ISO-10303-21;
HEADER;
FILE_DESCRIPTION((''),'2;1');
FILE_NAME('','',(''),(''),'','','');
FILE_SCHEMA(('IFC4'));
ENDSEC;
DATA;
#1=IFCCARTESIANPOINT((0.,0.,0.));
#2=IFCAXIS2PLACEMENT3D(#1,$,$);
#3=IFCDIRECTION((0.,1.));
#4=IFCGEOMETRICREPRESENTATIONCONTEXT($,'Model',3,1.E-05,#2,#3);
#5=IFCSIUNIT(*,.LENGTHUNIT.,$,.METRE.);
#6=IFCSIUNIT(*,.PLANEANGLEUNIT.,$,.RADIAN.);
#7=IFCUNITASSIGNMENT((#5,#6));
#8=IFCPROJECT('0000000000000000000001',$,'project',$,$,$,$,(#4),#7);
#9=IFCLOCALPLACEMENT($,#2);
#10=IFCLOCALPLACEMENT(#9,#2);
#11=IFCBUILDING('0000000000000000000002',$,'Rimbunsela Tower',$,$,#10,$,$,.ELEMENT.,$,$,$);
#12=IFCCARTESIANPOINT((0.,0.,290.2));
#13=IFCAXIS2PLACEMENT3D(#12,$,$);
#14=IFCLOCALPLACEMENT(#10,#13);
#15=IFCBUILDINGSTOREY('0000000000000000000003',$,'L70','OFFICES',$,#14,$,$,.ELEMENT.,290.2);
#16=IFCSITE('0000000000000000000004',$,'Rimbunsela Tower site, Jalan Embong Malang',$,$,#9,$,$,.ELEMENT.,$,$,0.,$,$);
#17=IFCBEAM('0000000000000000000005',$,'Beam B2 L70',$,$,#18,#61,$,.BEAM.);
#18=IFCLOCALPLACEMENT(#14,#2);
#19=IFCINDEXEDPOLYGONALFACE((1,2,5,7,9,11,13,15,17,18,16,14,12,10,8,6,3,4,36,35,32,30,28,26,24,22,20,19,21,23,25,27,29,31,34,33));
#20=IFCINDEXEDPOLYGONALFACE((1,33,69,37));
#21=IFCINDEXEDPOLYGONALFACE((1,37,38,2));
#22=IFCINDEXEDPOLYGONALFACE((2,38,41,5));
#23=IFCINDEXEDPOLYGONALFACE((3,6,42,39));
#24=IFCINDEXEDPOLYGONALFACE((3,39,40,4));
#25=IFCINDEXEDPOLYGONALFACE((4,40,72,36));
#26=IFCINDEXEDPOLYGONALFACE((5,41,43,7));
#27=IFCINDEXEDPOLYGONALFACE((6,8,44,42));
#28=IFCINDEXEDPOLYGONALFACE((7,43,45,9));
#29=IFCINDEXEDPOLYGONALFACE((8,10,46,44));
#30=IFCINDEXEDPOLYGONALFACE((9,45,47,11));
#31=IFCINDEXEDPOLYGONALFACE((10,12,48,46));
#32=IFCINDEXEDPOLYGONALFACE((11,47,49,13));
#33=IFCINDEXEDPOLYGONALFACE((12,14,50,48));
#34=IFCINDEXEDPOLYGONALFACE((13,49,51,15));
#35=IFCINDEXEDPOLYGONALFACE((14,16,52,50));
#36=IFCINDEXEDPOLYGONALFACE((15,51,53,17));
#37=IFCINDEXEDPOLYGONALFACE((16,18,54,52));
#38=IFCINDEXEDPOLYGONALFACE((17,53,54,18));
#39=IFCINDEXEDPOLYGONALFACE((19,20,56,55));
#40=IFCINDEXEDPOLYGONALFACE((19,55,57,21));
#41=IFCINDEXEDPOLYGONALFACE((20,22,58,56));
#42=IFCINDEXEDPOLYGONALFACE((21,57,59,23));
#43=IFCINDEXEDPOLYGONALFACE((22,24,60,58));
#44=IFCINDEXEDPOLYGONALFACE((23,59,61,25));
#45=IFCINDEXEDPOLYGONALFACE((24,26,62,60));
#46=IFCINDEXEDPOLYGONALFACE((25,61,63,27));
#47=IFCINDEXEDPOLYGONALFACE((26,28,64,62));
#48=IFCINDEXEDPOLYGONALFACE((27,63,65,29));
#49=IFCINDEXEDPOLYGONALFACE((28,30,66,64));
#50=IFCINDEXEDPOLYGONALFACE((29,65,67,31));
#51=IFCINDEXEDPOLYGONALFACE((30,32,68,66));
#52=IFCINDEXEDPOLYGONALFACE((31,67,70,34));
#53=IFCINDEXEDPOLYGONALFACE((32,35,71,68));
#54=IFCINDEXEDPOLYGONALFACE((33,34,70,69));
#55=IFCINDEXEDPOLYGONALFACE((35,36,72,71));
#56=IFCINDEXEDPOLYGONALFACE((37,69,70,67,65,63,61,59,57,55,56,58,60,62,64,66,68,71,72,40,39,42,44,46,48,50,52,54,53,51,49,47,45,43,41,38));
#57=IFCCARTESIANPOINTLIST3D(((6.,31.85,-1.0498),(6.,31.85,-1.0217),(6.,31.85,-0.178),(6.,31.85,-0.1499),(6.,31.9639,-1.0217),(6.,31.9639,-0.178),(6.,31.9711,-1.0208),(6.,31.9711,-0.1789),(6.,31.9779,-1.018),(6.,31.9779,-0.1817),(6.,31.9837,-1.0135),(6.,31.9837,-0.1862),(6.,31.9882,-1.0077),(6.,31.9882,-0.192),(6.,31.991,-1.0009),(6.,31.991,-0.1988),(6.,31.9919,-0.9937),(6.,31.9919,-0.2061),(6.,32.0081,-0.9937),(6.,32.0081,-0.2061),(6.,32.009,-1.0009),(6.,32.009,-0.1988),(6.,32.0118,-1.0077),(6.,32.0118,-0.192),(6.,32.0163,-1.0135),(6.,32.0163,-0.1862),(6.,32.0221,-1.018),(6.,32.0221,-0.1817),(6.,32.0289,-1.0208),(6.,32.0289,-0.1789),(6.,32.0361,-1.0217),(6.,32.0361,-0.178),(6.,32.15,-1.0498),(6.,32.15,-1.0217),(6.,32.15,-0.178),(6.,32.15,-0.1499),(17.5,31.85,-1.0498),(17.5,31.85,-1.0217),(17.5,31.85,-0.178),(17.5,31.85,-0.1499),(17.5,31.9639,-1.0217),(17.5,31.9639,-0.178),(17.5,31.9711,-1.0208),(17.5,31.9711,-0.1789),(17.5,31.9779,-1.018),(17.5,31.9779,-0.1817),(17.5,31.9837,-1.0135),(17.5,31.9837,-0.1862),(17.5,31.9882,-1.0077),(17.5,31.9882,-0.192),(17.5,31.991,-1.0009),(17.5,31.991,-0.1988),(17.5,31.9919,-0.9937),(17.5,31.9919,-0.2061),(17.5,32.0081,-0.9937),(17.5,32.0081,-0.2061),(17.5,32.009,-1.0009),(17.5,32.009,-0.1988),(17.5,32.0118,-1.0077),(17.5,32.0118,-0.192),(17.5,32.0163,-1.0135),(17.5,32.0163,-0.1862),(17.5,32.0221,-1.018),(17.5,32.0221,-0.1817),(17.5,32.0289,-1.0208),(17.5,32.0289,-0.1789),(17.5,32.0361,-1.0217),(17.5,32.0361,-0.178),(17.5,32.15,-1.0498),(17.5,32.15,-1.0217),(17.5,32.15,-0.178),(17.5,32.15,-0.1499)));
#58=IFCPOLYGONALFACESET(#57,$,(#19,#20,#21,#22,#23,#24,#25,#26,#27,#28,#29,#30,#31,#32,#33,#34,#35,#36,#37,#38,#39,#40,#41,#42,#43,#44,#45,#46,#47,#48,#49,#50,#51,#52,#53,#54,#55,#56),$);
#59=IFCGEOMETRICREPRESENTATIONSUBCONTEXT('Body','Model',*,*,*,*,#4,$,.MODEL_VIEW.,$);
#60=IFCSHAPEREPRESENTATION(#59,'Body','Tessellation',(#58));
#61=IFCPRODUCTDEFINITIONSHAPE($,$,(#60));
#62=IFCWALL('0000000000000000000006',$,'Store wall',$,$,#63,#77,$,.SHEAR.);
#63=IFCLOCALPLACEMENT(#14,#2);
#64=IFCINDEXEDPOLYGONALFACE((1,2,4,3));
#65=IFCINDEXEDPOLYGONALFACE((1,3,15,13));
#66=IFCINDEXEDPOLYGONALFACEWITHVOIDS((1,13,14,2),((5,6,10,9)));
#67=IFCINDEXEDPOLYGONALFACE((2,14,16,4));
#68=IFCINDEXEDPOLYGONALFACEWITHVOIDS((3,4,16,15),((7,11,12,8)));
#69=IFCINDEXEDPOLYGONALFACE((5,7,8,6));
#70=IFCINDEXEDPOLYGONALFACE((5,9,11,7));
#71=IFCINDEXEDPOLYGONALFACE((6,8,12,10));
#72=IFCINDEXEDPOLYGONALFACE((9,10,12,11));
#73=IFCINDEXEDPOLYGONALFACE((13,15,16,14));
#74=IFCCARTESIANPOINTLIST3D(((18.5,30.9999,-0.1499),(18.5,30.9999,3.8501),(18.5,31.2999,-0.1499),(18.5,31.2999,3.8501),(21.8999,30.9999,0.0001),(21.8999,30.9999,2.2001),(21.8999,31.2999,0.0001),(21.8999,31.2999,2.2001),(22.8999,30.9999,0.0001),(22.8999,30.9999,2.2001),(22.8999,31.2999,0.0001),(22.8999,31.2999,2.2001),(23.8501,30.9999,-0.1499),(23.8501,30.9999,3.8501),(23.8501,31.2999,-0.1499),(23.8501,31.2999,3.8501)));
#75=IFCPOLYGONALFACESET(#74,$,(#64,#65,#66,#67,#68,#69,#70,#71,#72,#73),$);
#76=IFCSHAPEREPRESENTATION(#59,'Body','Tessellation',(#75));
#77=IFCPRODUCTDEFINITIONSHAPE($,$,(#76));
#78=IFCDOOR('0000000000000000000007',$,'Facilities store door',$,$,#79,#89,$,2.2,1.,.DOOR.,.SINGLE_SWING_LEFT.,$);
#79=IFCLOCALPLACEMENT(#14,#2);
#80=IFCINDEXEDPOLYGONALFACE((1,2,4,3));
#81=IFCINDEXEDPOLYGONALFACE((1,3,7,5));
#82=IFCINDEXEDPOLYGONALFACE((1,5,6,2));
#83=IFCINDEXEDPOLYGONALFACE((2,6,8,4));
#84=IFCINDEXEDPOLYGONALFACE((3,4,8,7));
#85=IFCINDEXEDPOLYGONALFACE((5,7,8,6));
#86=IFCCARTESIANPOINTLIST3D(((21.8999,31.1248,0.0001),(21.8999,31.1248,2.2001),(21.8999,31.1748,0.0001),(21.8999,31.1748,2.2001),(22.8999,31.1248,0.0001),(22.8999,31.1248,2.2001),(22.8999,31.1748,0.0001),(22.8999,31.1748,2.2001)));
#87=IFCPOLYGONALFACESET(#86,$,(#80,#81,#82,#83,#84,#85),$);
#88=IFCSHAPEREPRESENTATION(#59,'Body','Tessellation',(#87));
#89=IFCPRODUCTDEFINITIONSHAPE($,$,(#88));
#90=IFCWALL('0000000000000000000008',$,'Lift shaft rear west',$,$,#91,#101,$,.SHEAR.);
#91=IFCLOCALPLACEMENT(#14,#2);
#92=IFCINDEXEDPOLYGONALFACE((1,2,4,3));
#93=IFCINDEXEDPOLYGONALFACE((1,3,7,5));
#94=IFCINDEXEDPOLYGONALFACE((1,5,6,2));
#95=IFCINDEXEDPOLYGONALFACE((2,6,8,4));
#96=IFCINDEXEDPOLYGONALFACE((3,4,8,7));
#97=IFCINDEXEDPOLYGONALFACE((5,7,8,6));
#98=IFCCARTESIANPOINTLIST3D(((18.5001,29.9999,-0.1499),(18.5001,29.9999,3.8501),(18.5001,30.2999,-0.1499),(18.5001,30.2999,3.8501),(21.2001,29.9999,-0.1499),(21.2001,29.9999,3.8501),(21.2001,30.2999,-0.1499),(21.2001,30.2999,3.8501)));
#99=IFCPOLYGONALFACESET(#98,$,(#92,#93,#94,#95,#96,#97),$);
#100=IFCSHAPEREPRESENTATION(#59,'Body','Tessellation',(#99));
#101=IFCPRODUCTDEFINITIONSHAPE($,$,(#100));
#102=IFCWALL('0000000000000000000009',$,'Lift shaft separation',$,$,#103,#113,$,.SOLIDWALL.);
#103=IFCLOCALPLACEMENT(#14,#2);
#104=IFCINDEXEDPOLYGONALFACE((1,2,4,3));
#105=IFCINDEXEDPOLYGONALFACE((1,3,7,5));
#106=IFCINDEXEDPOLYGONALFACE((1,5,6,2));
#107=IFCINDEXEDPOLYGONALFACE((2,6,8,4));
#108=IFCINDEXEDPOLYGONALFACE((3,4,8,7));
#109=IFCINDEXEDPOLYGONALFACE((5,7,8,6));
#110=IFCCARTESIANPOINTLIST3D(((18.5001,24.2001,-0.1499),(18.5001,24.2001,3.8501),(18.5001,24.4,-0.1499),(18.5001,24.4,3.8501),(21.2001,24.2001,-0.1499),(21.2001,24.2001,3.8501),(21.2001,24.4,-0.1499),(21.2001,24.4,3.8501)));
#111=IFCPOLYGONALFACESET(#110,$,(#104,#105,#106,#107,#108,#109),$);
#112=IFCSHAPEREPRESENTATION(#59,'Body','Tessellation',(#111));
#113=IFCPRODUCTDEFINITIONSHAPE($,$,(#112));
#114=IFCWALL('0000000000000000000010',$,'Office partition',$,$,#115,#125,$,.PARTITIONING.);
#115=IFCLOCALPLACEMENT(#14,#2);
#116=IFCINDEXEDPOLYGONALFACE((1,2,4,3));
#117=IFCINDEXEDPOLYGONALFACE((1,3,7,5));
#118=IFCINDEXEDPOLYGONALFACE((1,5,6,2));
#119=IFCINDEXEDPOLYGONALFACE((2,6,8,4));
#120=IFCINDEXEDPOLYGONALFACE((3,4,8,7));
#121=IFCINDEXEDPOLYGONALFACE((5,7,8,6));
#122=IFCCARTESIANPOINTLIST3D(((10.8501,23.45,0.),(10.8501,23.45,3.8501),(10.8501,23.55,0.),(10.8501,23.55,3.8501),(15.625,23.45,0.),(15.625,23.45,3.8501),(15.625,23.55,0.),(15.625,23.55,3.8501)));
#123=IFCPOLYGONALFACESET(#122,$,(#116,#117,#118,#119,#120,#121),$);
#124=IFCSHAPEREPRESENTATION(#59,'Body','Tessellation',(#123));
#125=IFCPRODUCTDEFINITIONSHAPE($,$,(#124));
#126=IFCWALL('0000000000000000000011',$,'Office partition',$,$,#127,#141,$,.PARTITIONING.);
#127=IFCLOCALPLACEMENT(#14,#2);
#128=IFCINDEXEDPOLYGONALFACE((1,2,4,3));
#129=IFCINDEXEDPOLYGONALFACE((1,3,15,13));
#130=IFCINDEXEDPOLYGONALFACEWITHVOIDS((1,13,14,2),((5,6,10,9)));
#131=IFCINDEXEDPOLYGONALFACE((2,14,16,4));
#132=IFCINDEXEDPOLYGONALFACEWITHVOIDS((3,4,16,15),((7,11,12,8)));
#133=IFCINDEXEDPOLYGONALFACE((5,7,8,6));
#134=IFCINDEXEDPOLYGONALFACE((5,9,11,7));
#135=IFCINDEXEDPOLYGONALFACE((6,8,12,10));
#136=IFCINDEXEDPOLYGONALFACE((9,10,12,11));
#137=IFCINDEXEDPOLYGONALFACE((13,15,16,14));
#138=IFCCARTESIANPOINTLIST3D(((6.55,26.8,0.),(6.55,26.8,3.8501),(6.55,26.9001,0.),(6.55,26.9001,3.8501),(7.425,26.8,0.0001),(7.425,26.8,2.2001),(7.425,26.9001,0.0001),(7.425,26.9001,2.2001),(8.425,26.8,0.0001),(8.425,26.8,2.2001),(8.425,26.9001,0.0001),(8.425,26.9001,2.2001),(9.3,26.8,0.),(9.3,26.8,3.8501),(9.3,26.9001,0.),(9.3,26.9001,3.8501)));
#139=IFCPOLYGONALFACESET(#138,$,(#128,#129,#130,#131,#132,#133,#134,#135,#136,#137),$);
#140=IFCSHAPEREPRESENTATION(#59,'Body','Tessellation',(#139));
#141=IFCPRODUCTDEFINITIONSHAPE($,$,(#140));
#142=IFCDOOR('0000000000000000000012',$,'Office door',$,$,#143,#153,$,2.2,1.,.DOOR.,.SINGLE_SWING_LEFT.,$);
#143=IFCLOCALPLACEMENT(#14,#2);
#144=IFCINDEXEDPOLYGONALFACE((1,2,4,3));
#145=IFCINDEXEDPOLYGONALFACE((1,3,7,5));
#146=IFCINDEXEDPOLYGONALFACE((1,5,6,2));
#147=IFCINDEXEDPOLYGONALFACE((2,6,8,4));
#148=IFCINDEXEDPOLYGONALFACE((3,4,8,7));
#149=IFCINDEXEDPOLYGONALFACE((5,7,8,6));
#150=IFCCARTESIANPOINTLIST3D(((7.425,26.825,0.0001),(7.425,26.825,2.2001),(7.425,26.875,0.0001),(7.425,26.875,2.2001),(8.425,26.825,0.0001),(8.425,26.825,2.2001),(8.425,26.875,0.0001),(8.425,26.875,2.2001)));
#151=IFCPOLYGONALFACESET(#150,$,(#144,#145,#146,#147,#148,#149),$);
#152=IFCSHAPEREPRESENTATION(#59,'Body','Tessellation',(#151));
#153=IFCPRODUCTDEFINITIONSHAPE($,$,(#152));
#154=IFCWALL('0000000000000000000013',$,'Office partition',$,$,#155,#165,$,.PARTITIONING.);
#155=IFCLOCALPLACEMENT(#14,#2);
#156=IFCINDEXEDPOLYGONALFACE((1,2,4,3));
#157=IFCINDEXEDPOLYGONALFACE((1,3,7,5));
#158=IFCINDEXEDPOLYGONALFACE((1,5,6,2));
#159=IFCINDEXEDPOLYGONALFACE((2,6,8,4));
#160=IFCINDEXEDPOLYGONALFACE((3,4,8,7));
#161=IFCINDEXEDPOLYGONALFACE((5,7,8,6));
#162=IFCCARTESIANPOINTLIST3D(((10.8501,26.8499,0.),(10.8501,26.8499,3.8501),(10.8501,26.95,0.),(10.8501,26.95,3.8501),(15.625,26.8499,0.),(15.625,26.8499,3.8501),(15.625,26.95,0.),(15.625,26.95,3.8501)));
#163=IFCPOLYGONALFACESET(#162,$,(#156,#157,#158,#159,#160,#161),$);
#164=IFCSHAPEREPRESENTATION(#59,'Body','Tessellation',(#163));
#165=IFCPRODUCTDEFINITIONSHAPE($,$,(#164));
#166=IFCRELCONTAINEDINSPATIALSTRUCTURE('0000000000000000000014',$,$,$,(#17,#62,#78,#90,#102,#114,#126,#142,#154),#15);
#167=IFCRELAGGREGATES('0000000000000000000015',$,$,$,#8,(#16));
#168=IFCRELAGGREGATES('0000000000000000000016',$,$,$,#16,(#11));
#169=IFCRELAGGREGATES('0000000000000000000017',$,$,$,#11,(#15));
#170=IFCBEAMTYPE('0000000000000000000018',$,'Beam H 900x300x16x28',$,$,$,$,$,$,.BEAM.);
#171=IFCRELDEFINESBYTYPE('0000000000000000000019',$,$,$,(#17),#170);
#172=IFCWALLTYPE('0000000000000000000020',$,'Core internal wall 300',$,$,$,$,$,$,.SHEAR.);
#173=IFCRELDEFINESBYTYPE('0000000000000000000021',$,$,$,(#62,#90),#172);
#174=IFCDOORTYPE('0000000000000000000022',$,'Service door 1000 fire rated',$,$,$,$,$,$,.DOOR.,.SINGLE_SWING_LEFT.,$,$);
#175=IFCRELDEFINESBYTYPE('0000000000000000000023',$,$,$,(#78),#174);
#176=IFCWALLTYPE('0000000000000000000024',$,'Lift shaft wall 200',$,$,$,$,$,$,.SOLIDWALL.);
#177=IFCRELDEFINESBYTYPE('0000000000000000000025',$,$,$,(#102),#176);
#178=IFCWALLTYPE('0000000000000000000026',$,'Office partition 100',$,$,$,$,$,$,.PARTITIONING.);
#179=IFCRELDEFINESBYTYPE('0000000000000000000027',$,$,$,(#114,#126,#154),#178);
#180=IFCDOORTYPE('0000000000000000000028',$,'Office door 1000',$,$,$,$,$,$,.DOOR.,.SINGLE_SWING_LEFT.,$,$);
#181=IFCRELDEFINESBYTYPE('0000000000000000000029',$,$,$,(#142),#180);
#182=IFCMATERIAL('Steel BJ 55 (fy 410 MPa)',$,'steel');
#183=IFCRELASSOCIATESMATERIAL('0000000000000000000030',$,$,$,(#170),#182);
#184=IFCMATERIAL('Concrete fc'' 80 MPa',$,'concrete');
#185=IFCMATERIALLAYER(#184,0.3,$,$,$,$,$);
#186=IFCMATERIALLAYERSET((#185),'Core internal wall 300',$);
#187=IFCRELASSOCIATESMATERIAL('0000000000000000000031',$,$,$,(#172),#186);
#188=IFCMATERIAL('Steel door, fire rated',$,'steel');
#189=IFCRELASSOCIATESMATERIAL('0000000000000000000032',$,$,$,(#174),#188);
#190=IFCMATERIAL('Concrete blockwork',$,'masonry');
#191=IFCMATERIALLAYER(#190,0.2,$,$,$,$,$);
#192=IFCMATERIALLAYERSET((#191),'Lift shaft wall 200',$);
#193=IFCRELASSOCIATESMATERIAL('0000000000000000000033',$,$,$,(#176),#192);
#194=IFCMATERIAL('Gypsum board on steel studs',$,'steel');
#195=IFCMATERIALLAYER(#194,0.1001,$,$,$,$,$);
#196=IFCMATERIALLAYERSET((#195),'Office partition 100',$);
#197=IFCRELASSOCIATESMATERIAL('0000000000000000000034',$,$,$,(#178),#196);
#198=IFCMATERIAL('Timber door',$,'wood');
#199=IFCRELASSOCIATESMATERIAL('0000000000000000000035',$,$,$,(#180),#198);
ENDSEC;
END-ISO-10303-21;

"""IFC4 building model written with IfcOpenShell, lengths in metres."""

from ifc_helpers import new_model, si_unit, direction, frame, frame_2d, origin, origin_2d, place, context, subcontext, project, spatial, rectangle, i_section, extrude, material, layer, layer_set, material_profile, profile_set, type_object, element, fill, save


model = new_model("IFC4")

# Units and contexts
model_context = context("Model", 3, precision=1e-05, world=origin(), true_north=direction((0.0, 1.0)))
body_context = subcontext(model_context, "Body", "Model", "MODEL_VIEW")
ifc_project = project(units=[si_unit("LENGTHUNIT", "METRE"), si_unit("PLANEANGLEUNIT", "RADIAN")], contexts=[model_context])

# Site, building, storey
site_placement = place(None, origin())
site = spatial("IfcSite", under=ifc_project, at=site_placement, Name="Rimbunsela Tower site, Jalan Embong Malang", CompositionType="ELEMENT", RefElevation=0.0)
building_placement = place(site_placement, origin())
building = spatial("IfcBuilding", under=site, at=building_placement, Name="Rimbunsela Tower", CompositionType="ELEMENT")
storey_placement = place(building_placement, frame((0.0, 0.0, 290.2)))
storey = spatial("IfcBuildingStorey", under=building, at=storey_placement, Name="L70", Description="OFFICES", CompositionType="ELEMENT", Elevation=290.2)

# Beam
ifc_material_1 = material(Name="Steel BJ 55 (fy 410 MPa)", Category="steel")
ifc_material_profile_1 = material_profile(ifc_material_1, i_section(OverallWidth=0.3, OverallDepth=0.8999, WebThickness=0.0161, FlangeThickness=0.0281, FilletRadius=0.0281, at=origin_2d()), Name="H 900x300x16x28")
ifc_profile_set_1 = profile_set([ifc_material_profile_1], Name="Steel BJ 55 (fy 410 MPa)")
beam_type_1 = type_object("IfcBeamType", Name="Beam H 900x300x16x28", PredefinedType="BEAM", material=ifc_profile_set_1)
for number, where, z_axis, x_axis, name in (
    (1, (6.0, 32.0, -0.5999), (1.0, 0.0, 0.0), (0.0, 1.0, 0.0), "Beam B2 L70"),
):
    element("IfcBeam", number, at=place(storey_placement, frame(where, z_axis=z_axis, x_axis=x_axis)), inside=storey, type_object=beam_type_1, Name=name, PredefinedType="BEAM", context=body_context, shape_type="SweptSolid", body=[
        extrude(i_section(OverallWidth=0.3, OverallDepth=0.8999, WebThickness=0.0161, FlangeThickness=0.0281, FilletRadius=0.0281, at=origin_2d()), origin(), (0.0, 0.0, 1.0), 11.5),
    ])

# Wall, opening, door
ifc_material_2 = material(Name="Concrete fc' 80 MPa", Category="concrete")
ifc_layer_1 = layer(ifc_material_2, 0.3)
ifc_layer_set_1 = layer_set([ifc_layer_1], Name="Core internal wall 300")
wall_type_1 = type_object("IfcWallType", Name="Core internal wall 300", PredefinedType="SHEAR", material=ifc_layer_set_1)
wall_1_placement = place(storey_placement, frame((18.5, 31.1499, -0.1499), z_axis=(0.0, 0.0, 1.0), x_axis=(1.0, 0.0, 0.0)))
wall_1 = element("IfcWall", 2, at=wall_1_placement, inside=storey, type_object=wall_type_1, Name="Store wall", PredefinedType="SHEAR", context=body_context, shape_type="SweptSolid", body=[
    extrude(rectangle(XDim=5.3501, YDim=0.3, at=frame_2d((2.675, 0.0))), origin(), (0.0, 0.0, 1.0), 4.0),
])
opening_1_placement = place(wall_1_placement, frame((3.3999, 0.0, 0.1499)))
opening_1 = element("IfcOpeningElement", 3, at=opening_1_placement, cuts=wall_1, PredefinedType="OPENING", context=body_context, shape_type="SweptSolid", body=[
    extrude(rectangle(XDim=1.0, YDim=2.2, at=frame_2d((0.5, 1.1001))), frame((0.0, 0.1599, 0.0), z_axis=(0.0, -1.0, 0.0), x_axis=(1.0, 0.0, 0.0)), (0.0, 0.0, 1.0), 0.3201),
])
ifc_material_3 = material(Name="Steel door, fire rated", Category="steel")
door_type_1 = type_object("IfcDoorType", Name="Service door 1000 fire rated", OperationType="SINGLE_SWING_LEFT", PredefinedType="DOOR", material=ifc_material_3)
door_1_placement = place(opening_1_placement, origin())
door_1 = element("IfcDoor", 4, at=door_1_placement, inside=storey, type_object=door_type_1, Name="Facilities store door", OperationType="SINGLE_SWING_LEFT", OverallHeight=2.2, OverallWidth=1.0, PredefinedType="DOOR", context=body_context, shape_type="SweptSolid", body=[
    extrude(rectangle(XDim=1.0, YDim=2.2, at=frame_2d((0.5, 1.1001))), frame((0.0, 0.0249, 0.0), z_axis=(0.0, -1.0, 0.0), x_axis=(1.0, 0.0, 0.0)), (0.0, 0.0, 1.0), 0.05),
])
fill(opening_1, door_1)

# Walls
wall_2_placement = place(storey_placement, frame((18.5, 30.1499, -0.1499), z_axis=(0.0, 0.0, 1.0), x_axis=(1.0, 0.0, 0.0)))
element("IfcWall", 5, at=wall_2_placement, inside=storey, type_object=wall_type_1, Name="Lift shaft rear west", PredefinedType="SHEAR", context=body_context, shape_type="SweptSolid", body=[
    extrude(rectangle(XDim=2.7, YDim=0.3, at=frame_2d((1.3501, 0.0))), origin(), (0.0, 0.0, 1.0), 4.0),
])
ifc_material_4 = material(Name="Concrete blockwork", Category="masonry")
ifc_layer_2 = layer(ifc_material_4, 0.2)
ifc_layer_set_2 = layer_set([ifc_layer_2], Name="Lift shaft wall 200")
wall_type_2 = type_object("IfcWallType", Name="Lift shaft wall 200", PredefinedType="SOLIDWALL", material=ifc_layer_set_2)
wall_3_placement = place(storey_placement, frame((18.5, 24.3, -0.1499), z_axis=(0.0, 0.0, 1.0), x_axis=(1.0, 0.0, 0.0)))
element("IfcWall", 6, at=wall_3_placement, inside=storey, type_object=wall_type_2, Name="Lift shaft separation", PredefinedType="SOLIDWALL", context=body_context, shape_type="SweptSolid", body=[
    extrude(rectangle(XDim=2.7, YDim=0.2, at=frame_2d((1.3501, 0.0))), origin(), (0.0, 0.0, 1.0), 4.0),
])
ifc_material_5 = material(Name="Gypsum board on steel studs", Category="steel")
ifc_layer_3 = layer(ifc_material_5, 0.1001)
ifc_layer_set_3 = layer_set([ifc_layer_3], Name="Office partition 100")
wall_type_3 = type_object("IfcWallType", Name="Office partition 100", PredefinedType="PARTITIONING", material=ifc_layer_set_3)
wall_4_placement = place(storey_placement, frame((10.8501, 23.5, 0.0), z_axis=(0.0, 0.0, 1.0), x_axis=(1.0, 0.0, 0.0)))
element("IfcWall", 7, at=wall_4_placement, inside=storey, type_object=wall_type_3, Name="Office partition", PredefinedType="PARTITIONING", context=body_context, shape_type="SweptSolid", body=[
    extrude(rectangle(XDim=4.7749, YDim=0.1001, at=frame_2d((2.3875, 0.0))), origin(), (0.0, 0.0, 1.0), 3.8501),
])

# Wall, opening, door
wall_5_placement = place(storey_placement, frame((6.55, 26.8501, 0.0), z_axis=(0.0, 0.0, 1.0), x_axis=(1.0, 0.0, 0.0)))
wall_5 = element("IfcWall", 8, at=wall_5_placement, inside=storey, type_object=wall_type_3, Name="Office partition", PredefinedType="PARTITIONING", context=body_context, shape_type="SweptSolid", body=[
    extrude(rectangle(XDim=2.75, YDim=0.1001, at=frame_2d((1.375, 0.0))), origin(), (0.0, 0.0, 1.0), 3.8501),
])
opening_2_placement = place(wall_5_placement, frame((0.875, 0.0, 0.0)))
opening_2 = element("IfcOpeningElement", 9, at=opening_2_placement, cuts=wall_5, PredefinedType="OPENING", context=body_context, shape_type="SweptSolid", body=[
    extrude(rectangle(XDim=1.0, YDim=2.2, at=frame_2d((0.5, 1.1001))), frame((0.0, 0.0601, 0.0), z_axis=(0.0, -1.0, 0.0), x_axis=(1.0, 0.0, 0.0)), (0.0, 0.0, 1.0), 0.1201),
])
ifc_material_6 = material(Name="Timber door", Category="wood")
door_type_2 = type_object("IfcDoorType", Name="Office door 1000", OperationType="SINGLE_SWING_LEFT", PredefinedType="DOOR", material=ifc_material_6)
door_2_placement = place(opening_2_placement, origin())
door_2 = element("IfcDoor", 10, at=door_2_placement, inside=storey, type_object=door_type_2, Name="Office door", OperationType="SINGLE_SWING_LEFT", OverallHeight=2.2, OverallWidth=1.0, PredefinedType="DOOR", context=body_context, shape_type="SweptSolid", body=[
    extrude(rectangle(XDim=1.0, YDim=2.2, at=frame_2d((0.5, 1.1001))), frame((0.0, 0.0249, 0.0), z_axis=(0.0, -1.0, 0.0), x_axis=(1.0, 0.0, 0.0)), (0.0, 0.0, 1.0), 0.05),
])
fill(opening_2, door_2)

# Wall
wall_6_placement = place(storey_placement, frame((10.8501, 26.8999, 0.0), z_axis=(0.0, 0.0, 1.0), x_axis=(1.0, 0.0, 0.0)))
element("IfcWall", 11, at=wall_6_placement, inside=storey, type_object=wall_type_3, Name="Office partition", PredefinedType="PARTITIONING", context=body_context, shape_type="SweptSolid", body=[
    extrude(rectangle(XDim=4.7749, YDim=0.1001, at=frame_2d((2.3875, 0.0))), origin(), (0.0, 0.0, 1.0), 3.8501),
])

save(model, "model.ifc")
